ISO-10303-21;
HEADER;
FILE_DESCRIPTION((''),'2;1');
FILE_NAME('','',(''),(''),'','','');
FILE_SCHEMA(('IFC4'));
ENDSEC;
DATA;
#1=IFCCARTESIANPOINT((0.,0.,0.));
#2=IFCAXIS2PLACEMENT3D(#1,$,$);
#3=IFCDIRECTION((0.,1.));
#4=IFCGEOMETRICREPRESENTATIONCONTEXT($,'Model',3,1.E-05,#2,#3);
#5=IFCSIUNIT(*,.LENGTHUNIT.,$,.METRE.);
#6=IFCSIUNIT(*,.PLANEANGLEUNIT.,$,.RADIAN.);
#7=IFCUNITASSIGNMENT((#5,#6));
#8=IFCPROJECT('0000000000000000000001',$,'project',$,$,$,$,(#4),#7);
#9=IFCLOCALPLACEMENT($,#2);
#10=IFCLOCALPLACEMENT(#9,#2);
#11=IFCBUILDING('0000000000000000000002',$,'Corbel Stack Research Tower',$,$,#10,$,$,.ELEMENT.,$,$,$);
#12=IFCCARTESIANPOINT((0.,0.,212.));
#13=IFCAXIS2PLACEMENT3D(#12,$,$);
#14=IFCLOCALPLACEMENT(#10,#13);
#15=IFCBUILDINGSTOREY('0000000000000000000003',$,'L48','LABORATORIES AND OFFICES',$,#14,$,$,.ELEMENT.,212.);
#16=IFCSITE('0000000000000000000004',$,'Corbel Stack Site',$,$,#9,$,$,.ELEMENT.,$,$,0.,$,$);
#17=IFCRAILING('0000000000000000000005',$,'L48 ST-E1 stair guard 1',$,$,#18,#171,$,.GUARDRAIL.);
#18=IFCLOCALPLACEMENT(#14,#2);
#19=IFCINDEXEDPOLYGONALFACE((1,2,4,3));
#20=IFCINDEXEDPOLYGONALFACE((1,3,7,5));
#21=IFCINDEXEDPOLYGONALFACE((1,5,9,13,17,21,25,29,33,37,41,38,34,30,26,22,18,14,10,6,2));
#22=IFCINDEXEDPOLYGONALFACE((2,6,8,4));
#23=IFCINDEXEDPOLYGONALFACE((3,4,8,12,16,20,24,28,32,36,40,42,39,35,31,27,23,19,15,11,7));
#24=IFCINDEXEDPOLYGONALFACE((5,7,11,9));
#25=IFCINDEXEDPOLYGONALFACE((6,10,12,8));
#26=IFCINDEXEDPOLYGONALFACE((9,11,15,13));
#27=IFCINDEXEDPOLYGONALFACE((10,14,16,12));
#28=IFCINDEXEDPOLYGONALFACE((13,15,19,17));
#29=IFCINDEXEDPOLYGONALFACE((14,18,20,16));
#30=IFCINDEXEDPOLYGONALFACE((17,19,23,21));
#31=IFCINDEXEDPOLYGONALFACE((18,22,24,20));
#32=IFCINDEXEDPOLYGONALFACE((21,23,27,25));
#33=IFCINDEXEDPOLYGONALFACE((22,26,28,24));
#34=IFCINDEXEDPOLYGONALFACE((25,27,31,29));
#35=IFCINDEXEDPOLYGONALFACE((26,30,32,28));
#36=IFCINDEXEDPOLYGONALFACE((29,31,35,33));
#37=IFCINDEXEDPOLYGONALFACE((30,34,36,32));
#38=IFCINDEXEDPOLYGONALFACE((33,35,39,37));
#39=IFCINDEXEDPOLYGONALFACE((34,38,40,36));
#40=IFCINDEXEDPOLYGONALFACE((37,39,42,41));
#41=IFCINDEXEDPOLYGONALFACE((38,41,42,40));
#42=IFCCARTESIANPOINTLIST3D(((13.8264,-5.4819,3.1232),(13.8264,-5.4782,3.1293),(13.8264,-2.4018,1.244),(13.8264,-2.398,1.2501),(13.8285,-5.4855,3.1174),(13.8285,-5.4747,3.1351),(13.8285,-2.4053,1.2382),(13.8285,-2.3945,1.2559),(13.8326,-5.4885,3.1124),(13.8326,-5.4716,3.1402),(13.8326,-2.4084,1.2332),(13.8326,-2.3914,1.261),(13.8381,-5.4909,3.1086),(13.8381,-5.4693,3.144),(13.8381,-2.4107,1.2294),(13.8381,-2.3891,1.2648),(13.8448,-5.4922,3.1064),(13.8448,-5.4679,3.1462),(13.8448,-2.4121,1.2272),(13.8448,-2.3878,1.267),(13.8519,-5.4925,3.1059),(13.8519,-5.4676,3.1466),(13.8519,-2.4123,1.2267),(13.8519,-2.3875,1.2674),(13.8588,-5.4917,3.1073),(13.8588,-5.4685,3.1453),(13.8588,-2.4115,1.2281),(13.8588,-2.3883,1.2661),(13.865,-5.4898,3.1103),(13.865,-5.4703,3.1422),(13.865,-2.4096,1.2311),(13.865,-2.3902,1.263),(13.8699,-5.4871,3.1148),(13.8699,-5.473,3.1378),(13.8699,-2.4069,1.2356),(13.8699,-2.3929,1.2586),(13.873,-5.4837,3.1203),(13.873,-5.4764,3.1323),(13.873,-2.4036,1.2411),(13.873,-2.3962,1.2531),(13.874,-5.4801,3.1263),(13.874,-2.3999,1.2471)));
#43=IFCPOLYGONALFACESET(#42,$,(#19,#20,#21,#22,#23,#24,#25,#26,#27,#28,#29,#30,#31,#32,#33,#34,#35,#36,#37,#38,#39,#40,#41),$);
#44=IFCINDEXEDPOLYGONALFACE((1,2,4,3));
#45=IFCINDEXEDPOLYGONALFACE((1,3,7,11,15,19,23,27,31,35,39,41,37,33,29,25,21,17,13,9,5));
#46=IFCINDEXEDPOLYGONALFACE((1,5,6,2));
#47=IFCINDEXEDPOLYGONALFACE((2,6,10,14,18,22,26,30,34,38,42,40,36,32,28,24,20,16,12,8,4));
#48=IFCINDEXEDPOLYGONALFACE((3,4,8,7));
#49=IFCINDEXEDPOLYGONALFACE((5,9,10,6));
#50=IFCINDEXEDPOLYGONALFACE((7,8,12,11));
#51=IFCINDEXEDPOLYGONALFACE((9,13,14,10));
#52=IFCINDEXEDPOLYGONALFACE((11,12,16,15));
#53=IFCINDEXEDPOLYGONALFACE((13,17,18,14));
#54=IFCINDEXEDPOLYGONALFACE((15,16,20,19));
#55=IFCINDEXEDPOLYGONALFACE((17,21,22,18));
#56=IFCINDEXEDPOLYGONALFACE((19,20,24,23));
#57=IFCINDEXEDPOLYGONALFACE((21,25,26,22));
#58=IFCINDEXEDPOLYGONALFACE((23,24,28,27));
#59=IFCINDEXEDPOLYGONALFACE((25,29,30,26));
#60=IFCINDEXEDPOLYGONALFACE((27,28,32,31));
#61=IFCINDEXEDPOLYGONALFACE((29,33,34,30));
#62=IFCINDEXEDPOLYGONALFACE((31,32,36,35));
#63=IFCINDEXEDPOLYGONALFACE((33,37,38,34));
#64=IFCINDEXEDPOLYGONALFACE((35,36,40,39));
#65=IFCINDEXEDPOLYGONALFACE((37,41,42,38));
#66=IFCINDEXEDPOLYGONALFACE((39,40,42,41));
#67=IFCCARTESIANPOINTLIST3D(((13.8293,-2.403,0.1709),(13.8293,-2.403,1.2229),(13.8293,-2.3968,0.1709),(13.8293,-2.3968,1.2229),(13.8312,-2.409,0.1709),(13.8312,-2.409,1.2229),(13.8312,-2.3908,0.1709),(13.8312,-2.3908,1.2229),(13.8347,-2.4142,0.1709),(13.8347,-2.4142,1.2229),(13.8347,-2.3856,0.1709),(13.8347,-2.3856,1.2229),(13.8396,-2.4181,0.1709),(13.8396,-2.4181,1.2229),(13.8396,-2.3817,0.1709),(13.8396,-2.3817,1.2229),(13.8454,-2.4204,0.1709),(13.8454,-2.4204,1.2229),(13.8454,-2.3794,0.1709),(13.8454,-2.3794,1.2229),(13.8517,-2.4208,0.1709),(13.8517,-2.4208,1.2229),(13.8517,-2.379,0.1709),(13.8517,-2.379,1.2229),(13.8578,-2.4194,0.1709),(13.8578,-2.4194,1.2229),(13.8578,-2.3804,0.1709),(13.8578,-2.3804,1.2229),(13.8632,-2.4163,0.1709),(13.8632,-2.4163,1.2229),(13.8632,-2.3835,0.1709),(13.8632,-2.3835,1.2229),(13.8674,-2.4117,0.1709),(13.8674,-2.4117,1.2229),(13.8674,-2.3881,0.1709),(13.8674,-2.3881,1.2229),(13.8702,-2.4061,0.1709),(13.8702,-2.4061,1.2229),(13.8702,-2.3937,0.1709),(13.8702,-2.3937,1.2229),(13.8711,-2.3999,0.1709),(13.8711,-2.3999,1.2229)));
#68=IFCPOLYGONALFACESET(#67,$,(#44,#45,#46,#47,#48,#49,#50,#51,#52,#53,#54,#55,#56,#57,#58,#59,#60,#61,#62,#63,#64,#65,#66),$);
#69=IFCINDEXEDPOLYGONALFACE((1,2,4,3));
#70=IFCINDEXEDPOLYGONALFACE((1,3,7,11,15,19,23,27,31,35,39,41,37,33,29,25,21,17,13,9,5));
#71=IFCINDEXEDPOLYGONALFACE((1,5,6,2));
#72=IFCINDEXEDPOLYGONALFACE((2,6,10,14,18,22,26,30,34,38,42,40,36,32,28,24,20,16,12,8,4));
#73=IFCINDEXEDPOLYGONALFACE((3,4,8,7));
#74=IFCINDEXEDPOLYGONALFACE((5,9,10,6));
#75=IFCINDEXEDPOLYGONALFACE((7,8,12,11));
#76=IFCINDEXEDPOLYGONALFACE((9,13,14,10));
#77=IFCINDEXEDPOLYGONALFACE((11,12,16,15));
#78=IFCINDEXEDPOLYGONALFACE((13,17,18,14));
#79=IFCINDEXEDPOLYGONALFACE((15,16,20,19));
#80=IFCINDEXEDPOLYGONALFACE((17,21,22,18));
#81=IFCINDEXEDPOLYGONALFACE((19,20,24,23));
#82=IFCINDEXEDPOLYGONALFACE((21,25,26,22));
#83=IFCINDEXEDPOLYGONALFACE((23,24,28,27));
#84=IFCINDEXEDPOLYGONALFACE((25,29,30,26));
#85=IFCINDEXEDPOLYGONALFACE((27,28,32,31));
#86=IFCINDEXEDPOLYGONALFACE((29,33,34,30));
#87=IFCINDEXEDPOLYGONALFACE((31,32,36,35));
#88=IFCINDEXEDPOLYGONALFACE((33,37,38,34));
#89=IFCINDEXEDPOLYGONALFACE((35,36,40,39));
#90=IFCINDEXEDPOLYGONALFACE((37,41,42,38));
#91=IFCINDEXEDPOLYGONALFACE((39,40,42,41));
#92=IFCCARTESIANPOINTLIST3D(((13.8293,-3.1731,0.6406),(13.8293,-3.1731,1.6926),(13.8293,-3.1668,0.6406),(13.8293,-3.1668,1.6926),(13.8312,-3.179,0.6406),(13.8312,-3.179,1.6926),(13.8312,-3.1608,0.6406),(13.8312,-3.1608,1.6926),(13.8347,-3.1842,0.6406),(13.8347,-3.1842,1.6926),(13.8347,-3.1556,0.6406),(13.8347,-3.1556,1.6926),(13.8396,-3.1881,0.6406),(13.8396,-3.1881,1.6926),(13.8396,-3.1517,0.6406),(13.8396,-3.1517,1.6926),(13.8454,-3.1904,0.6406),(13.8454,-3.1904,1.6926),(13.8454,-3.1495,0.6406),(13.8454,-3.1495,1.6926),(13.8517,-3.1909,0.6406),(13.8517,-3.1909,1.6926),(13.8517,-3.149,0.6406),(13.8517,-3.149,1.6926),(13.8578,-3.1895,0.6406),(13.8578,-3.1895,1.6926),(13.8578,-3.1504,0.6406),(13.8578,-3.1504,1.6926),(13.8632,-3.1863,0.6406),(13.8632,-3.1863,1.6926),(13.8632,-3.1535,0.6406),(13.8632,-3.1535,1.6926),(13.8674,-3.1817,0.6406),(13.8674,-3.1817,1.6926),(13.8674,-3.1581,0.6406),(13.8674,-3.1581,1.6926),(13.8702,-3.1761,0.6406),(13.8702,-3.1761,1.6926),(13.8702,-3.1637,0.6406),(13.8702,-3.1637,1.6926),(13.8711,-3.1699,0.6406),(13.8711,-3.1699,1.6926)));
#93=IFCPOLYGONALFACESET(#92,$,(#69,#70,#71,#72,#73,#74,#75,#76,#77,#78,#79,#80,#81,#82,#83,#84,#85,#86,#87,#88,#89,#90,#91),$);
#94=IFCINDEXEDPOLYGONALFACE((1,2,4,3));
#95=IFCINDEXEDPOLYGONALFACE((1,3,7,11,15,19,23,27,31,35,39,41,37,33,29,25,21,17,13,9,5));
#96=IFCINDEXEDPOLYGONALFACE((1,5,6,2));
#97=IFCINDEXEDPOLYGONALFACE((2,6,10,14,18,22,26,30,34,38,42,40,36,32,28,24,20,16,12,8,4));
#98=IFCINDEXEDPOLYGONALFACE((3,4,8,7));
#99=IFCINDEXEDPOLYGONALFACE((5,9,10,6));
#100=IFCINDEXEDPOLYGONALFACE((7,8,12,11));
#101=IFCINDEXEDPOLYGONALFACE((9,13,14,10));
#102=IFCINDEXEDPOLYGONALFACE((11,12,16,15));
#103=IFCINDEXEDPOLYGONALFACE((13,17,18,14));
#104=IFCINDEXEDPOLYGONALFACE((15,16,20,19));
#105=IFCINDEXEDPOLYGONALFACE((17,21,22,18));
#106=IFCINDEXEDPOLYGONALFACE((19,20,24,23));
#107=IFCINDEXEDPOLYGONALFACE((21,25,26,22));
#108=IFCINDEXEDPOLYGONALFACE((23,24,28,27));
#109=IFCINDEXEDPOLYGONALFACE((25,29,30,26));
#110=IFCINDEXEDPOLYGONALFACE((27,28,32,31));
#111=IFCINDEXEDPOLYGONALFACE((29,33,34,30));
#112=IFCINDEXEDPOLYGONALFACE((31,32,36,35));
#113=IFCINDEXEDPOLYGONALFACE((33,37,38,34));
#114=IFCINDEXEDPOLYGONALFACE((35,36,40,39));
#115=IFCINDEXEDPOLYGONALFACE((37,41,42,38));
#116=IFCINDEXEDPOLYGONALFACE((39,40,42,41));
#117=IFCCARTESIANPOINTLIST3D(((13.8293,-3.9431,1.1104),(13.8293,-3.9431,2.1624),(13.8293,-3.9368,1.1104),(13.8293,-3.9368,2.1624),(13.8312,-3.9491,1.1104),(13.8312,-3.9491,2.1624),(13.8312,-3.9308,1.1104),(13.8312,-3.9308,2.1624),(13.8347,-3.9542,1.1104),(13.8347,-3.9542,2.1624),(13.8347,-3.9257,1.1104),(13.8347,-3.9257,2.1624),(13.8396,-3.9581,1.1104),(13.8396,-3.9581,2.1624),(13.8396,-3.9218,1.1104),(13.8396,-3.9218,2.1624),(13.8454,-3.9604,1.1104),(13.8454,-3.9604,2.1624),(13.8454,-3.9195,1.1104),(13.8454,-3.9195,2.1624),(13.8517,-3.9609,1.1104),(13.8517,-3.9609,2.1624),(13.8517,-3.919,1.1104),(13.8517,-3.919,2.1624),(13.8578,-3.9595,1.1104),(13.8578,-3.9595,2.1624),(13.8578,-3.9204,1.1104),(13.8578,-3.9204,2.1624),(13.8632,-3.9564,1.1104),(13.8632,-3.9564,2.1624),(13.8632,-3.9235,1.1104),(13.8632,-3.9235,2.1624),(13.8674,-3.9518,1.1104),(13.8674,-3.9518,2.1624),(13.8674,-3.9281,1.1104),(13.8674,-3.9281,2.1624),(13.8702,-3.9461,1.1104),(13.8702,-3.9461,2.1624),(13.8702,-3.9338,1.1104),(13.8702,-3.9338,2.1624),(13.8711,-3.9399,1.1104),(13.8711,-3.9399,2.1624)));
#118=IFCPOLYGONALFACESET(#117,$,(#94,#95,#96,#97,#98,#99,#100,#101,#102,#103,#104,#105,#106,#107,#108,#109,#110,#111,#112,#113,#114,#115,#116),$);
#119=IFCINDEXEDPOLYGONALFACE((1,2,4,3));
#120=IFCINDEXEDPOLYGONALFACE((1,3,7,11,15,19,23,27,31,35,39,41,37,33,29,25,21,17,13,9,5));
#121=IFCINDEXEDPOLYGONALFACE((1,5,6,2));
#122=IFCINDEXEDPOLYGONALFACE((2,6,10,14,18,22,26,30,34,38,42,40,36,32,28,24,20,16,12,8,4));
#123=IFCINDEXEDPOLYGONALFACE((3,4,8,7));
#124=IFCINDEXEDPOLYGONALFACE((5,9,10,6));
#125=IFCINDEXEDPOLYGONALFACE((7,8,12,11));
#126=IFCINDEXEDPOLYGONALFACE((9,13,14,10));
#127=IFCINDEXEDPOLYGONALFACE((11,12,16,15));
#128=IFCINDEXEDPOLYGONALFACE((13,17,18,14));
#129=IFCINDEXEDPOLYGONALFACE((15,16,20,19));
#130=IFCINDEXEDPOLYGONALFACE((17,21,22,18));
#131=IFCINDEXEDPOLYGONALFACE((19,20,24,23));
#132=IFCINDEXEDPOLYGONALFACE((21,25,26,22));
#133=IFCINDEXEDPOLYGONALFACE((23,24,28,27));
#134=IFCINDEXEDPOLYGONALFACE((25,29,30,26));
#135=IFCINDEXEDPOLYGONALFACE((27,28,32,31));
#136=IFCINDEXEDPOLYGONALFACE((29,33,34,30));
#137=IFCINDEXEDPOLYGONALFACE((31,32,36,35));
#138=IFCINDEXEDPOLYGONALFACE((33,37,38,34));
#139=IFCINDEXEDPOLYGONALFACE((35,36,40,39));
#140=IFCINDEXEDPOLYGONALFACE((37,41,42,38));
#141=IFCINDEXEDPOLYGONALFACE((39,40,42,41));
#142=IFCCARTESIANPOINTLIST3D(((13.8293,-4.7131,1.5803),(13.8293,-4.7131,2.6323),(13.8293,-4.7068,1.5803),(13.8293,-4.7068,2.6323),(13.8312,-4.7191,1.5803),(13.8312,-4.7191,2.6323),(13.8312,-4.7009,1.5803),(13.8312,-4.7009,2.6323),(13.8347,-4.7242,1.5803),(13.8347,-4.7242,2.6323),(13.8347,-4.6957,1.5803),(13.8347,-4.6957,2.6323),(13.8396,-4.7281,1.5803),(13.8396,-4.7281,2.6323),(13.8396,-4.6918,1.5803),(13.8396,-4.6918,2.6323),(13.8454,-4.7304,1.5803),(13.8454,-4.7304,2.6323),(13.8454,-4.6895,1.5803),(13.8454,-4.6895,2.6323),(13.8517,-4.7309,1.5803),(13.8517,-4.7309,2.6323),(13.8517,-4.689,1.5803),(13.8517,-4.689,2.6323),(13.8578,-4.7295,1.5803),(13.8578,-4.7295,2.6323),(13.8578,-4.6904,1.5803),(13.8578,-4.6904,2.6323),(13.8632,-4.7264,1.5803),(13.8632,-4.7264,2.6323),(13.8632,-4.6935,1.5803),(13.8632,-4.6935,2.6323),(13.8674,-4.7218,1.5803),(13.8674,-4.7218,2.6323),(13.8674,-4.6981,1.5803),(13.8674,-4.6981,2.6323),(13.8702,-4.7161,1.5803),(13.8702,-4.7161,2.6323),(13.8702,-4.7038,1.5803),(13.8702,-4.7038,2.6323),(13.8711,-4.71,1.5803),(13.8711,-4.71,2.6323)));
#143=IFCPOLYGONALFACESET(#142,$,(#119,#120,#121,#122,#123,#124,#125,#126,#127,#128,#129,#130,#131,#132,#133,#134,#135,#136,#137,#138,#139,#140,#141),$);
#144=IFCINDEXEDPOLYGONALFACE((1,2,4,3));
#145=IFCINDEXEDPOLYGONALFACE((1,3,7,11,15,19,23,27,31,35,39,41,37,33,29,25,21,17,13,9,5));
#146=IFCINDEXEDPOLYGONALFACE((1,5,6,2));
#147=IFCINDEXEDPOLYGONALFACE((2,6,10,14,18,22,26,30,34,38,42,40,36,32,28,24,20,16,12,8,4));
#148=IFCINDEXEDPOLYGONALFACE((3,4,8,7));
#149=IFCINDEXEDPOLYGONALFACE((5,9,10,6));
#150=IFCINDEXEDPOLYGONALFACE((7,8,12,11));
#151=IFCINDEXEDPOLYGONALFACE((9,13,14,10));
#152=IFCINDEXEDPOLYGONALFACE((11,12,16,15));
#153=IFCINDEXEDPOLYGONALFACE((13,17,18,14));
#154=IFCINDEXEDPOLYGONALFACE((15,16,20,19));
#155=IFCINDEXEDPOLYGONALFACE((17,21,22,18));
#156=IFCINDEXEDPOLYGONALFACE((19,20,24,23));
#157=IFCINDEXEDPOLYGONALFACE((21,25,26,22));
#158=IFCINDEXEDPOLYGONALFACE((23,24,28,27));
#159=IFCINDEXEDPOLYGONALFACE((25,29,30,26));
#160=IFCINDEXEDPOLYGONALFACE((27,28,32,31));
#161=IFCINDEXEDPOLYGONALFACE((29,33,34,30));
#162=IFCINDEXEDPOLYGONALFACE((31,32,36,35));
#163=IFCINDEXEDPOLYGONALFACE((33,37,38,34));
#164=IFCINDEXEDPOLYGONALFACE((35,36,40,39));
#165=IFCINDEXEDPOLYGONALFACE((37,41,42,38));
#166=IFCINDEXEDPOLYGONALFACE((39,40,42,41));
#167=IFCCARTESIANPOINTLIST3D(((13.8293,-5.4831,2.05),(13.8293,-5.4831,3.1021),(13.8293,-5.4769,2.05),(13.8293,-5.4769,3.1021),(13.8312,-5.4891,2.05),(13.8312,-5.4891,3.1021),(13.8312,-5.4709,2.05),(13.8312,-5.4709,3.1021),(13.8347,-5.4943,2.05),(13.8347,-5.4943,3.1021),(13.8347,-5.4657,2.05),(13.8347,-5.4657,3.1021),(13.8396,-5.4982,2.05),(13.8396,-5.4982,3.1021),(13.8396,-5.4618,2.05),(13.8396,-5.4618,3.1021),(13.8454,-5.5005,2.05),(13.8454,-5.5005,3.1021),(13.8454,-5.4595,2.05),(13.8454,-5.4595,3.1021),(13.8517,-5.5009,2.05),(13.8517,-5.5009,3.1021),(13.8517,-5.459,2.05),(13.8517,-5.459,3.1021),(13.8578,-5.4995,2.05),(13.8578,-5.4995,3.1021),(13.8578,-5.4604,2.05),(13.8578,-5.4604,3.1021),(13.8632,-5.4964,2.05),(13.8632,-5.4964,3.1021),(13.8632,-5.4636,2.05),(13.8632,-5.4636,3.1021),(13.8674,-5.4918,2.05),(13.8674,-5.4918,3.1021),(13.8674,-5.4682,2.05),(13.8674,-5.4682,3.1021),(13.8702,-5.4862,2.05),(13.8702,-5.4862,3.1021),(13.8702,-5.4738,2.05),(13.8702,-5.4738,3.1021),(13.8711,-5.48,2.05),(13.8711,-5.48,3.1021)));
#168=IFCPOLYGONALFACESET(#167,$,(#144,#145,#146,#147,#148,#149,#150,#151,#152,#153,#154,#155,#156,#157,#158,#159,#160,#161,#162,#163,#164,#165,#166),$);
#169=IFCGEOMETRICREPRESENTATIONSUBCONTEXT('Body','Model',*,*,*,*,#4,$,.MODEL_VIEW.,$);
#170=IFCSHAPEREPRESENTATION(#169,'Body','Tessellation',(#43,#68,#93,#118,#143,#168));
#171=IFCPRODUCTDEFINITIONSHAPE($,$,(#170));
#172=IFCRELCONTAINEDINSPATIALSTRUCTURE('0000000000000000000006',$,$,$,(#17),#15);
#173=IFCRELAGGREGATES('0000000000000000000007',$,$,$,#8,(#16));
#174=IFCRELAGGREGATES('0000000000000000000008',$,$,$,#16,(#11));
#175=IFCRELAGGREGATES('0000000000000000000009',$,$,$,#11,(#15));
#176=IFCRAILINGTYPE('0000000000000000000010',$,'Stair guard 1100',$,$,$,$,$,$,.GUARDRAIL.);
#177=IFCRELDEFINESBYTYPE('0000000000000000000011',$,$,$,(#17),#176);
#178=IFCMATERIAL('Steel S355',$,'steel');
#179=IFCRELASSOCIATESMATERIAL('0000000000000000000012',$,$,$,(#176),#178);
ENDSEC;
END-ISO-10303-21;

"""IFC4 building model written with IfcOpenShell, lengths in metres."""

from ifc_helpers import new_model, si_unit, direction, frame, origin, origin_2d, place, context, subcontext, project, spatial, circle, extrude, material, type_object, element, save


model = new_model("IFC4")

# Units and contexts
model_context = context("Model", 3, precision=1e-05, world=origin(), true_north=direction((0.0, 1.0)))
body_context = subcontext(model_context, "Body", "Model", "MODEL_VIEW")
ifc_project = project(units=[si_unit("LENGTHUNIT", "METRE"), si_unit("PLANEANGLEUNIT", "RADIAN")], contexts=[model_context])

# Site, building, storey
site_placement = place(None, origin())
site = spatial("IfcSite", under=ifc_project, at=site_placement, Name="Corbel Stack Site", CompositionType="ELEMENT", RefElevation=0.0)
building_placement = place(site_placement, origin())
building = spatial("IfcBuilding", under=site, at=building_placement, Name="Corbel Stack Research Tower", CompositionType="ELEMENT")
storey_placement = place(building_placement, frame((0.0, 0.0, 212.0)))
storey = spatial("IfcBuildingStorey", under=building, at=storey_placement, Name="L48", Description="LABORATORIES AND OFFICES", CompositionType="ELEMENT", Elevation=212.0)

# Railing
ifc_material_1 = material(Name="Steel S355", Category="steel")
railing_type_1 = type_object("IfcRailingType", Name="Stair guard 1100", PredefinedType="GUARDRAIL", material=ifc_material_1)
railing_1_placement = place(storey_placement, frame((13.8501, -2.3999, 0.1709)))
element("IfcRailing", 1, at=railing_1_placement, inside=storey, type_object=railing_type_1, Name="L48 ST-E1 stair guard 1", PredefinedType="GUARDRAIL", context=body_context, shape_type="SweptSolid", body=[
    extrude(circle(Radius=0.0239, at=origin_2d()), frame((0.0, 0.0, 1.0762), z_axis=(0.0, -0.853666, 0.52082), x_axis=(1.0, 0.0, 0.0)), (0.0, 0.0, 1.0), 3.6082),
    extrude(circle(Radius=0.021, at=origin_2d()), origin(), (0.0, 0.0, 1.0), 1.052),
    extrude(circle(Radius=0.021, at=origin_2d()), frame((0.0, -0.77, 0.4697)), (0.0, 0.0, 1.0), 1.052),
    extrude(circle(Radius=0.021, at=origin_2d()), frame((0.0, -1.54, 0.9395)), (0.0, 0.0, 1.0), 1.052),
    extrude(circle(Radius=0.021, at=origin_2d()), frame((0.0, -2.3101, 1.4094)), (0.0, 0.0, 1.0), 1.052),
    extrude(circle(Radius=0.021, at=origin_2d()), frame((0.0, -3.0801, 1.8792)), (0.0, 0.0, 1.0), 1.052),
])

save(model, "model.ifc")
